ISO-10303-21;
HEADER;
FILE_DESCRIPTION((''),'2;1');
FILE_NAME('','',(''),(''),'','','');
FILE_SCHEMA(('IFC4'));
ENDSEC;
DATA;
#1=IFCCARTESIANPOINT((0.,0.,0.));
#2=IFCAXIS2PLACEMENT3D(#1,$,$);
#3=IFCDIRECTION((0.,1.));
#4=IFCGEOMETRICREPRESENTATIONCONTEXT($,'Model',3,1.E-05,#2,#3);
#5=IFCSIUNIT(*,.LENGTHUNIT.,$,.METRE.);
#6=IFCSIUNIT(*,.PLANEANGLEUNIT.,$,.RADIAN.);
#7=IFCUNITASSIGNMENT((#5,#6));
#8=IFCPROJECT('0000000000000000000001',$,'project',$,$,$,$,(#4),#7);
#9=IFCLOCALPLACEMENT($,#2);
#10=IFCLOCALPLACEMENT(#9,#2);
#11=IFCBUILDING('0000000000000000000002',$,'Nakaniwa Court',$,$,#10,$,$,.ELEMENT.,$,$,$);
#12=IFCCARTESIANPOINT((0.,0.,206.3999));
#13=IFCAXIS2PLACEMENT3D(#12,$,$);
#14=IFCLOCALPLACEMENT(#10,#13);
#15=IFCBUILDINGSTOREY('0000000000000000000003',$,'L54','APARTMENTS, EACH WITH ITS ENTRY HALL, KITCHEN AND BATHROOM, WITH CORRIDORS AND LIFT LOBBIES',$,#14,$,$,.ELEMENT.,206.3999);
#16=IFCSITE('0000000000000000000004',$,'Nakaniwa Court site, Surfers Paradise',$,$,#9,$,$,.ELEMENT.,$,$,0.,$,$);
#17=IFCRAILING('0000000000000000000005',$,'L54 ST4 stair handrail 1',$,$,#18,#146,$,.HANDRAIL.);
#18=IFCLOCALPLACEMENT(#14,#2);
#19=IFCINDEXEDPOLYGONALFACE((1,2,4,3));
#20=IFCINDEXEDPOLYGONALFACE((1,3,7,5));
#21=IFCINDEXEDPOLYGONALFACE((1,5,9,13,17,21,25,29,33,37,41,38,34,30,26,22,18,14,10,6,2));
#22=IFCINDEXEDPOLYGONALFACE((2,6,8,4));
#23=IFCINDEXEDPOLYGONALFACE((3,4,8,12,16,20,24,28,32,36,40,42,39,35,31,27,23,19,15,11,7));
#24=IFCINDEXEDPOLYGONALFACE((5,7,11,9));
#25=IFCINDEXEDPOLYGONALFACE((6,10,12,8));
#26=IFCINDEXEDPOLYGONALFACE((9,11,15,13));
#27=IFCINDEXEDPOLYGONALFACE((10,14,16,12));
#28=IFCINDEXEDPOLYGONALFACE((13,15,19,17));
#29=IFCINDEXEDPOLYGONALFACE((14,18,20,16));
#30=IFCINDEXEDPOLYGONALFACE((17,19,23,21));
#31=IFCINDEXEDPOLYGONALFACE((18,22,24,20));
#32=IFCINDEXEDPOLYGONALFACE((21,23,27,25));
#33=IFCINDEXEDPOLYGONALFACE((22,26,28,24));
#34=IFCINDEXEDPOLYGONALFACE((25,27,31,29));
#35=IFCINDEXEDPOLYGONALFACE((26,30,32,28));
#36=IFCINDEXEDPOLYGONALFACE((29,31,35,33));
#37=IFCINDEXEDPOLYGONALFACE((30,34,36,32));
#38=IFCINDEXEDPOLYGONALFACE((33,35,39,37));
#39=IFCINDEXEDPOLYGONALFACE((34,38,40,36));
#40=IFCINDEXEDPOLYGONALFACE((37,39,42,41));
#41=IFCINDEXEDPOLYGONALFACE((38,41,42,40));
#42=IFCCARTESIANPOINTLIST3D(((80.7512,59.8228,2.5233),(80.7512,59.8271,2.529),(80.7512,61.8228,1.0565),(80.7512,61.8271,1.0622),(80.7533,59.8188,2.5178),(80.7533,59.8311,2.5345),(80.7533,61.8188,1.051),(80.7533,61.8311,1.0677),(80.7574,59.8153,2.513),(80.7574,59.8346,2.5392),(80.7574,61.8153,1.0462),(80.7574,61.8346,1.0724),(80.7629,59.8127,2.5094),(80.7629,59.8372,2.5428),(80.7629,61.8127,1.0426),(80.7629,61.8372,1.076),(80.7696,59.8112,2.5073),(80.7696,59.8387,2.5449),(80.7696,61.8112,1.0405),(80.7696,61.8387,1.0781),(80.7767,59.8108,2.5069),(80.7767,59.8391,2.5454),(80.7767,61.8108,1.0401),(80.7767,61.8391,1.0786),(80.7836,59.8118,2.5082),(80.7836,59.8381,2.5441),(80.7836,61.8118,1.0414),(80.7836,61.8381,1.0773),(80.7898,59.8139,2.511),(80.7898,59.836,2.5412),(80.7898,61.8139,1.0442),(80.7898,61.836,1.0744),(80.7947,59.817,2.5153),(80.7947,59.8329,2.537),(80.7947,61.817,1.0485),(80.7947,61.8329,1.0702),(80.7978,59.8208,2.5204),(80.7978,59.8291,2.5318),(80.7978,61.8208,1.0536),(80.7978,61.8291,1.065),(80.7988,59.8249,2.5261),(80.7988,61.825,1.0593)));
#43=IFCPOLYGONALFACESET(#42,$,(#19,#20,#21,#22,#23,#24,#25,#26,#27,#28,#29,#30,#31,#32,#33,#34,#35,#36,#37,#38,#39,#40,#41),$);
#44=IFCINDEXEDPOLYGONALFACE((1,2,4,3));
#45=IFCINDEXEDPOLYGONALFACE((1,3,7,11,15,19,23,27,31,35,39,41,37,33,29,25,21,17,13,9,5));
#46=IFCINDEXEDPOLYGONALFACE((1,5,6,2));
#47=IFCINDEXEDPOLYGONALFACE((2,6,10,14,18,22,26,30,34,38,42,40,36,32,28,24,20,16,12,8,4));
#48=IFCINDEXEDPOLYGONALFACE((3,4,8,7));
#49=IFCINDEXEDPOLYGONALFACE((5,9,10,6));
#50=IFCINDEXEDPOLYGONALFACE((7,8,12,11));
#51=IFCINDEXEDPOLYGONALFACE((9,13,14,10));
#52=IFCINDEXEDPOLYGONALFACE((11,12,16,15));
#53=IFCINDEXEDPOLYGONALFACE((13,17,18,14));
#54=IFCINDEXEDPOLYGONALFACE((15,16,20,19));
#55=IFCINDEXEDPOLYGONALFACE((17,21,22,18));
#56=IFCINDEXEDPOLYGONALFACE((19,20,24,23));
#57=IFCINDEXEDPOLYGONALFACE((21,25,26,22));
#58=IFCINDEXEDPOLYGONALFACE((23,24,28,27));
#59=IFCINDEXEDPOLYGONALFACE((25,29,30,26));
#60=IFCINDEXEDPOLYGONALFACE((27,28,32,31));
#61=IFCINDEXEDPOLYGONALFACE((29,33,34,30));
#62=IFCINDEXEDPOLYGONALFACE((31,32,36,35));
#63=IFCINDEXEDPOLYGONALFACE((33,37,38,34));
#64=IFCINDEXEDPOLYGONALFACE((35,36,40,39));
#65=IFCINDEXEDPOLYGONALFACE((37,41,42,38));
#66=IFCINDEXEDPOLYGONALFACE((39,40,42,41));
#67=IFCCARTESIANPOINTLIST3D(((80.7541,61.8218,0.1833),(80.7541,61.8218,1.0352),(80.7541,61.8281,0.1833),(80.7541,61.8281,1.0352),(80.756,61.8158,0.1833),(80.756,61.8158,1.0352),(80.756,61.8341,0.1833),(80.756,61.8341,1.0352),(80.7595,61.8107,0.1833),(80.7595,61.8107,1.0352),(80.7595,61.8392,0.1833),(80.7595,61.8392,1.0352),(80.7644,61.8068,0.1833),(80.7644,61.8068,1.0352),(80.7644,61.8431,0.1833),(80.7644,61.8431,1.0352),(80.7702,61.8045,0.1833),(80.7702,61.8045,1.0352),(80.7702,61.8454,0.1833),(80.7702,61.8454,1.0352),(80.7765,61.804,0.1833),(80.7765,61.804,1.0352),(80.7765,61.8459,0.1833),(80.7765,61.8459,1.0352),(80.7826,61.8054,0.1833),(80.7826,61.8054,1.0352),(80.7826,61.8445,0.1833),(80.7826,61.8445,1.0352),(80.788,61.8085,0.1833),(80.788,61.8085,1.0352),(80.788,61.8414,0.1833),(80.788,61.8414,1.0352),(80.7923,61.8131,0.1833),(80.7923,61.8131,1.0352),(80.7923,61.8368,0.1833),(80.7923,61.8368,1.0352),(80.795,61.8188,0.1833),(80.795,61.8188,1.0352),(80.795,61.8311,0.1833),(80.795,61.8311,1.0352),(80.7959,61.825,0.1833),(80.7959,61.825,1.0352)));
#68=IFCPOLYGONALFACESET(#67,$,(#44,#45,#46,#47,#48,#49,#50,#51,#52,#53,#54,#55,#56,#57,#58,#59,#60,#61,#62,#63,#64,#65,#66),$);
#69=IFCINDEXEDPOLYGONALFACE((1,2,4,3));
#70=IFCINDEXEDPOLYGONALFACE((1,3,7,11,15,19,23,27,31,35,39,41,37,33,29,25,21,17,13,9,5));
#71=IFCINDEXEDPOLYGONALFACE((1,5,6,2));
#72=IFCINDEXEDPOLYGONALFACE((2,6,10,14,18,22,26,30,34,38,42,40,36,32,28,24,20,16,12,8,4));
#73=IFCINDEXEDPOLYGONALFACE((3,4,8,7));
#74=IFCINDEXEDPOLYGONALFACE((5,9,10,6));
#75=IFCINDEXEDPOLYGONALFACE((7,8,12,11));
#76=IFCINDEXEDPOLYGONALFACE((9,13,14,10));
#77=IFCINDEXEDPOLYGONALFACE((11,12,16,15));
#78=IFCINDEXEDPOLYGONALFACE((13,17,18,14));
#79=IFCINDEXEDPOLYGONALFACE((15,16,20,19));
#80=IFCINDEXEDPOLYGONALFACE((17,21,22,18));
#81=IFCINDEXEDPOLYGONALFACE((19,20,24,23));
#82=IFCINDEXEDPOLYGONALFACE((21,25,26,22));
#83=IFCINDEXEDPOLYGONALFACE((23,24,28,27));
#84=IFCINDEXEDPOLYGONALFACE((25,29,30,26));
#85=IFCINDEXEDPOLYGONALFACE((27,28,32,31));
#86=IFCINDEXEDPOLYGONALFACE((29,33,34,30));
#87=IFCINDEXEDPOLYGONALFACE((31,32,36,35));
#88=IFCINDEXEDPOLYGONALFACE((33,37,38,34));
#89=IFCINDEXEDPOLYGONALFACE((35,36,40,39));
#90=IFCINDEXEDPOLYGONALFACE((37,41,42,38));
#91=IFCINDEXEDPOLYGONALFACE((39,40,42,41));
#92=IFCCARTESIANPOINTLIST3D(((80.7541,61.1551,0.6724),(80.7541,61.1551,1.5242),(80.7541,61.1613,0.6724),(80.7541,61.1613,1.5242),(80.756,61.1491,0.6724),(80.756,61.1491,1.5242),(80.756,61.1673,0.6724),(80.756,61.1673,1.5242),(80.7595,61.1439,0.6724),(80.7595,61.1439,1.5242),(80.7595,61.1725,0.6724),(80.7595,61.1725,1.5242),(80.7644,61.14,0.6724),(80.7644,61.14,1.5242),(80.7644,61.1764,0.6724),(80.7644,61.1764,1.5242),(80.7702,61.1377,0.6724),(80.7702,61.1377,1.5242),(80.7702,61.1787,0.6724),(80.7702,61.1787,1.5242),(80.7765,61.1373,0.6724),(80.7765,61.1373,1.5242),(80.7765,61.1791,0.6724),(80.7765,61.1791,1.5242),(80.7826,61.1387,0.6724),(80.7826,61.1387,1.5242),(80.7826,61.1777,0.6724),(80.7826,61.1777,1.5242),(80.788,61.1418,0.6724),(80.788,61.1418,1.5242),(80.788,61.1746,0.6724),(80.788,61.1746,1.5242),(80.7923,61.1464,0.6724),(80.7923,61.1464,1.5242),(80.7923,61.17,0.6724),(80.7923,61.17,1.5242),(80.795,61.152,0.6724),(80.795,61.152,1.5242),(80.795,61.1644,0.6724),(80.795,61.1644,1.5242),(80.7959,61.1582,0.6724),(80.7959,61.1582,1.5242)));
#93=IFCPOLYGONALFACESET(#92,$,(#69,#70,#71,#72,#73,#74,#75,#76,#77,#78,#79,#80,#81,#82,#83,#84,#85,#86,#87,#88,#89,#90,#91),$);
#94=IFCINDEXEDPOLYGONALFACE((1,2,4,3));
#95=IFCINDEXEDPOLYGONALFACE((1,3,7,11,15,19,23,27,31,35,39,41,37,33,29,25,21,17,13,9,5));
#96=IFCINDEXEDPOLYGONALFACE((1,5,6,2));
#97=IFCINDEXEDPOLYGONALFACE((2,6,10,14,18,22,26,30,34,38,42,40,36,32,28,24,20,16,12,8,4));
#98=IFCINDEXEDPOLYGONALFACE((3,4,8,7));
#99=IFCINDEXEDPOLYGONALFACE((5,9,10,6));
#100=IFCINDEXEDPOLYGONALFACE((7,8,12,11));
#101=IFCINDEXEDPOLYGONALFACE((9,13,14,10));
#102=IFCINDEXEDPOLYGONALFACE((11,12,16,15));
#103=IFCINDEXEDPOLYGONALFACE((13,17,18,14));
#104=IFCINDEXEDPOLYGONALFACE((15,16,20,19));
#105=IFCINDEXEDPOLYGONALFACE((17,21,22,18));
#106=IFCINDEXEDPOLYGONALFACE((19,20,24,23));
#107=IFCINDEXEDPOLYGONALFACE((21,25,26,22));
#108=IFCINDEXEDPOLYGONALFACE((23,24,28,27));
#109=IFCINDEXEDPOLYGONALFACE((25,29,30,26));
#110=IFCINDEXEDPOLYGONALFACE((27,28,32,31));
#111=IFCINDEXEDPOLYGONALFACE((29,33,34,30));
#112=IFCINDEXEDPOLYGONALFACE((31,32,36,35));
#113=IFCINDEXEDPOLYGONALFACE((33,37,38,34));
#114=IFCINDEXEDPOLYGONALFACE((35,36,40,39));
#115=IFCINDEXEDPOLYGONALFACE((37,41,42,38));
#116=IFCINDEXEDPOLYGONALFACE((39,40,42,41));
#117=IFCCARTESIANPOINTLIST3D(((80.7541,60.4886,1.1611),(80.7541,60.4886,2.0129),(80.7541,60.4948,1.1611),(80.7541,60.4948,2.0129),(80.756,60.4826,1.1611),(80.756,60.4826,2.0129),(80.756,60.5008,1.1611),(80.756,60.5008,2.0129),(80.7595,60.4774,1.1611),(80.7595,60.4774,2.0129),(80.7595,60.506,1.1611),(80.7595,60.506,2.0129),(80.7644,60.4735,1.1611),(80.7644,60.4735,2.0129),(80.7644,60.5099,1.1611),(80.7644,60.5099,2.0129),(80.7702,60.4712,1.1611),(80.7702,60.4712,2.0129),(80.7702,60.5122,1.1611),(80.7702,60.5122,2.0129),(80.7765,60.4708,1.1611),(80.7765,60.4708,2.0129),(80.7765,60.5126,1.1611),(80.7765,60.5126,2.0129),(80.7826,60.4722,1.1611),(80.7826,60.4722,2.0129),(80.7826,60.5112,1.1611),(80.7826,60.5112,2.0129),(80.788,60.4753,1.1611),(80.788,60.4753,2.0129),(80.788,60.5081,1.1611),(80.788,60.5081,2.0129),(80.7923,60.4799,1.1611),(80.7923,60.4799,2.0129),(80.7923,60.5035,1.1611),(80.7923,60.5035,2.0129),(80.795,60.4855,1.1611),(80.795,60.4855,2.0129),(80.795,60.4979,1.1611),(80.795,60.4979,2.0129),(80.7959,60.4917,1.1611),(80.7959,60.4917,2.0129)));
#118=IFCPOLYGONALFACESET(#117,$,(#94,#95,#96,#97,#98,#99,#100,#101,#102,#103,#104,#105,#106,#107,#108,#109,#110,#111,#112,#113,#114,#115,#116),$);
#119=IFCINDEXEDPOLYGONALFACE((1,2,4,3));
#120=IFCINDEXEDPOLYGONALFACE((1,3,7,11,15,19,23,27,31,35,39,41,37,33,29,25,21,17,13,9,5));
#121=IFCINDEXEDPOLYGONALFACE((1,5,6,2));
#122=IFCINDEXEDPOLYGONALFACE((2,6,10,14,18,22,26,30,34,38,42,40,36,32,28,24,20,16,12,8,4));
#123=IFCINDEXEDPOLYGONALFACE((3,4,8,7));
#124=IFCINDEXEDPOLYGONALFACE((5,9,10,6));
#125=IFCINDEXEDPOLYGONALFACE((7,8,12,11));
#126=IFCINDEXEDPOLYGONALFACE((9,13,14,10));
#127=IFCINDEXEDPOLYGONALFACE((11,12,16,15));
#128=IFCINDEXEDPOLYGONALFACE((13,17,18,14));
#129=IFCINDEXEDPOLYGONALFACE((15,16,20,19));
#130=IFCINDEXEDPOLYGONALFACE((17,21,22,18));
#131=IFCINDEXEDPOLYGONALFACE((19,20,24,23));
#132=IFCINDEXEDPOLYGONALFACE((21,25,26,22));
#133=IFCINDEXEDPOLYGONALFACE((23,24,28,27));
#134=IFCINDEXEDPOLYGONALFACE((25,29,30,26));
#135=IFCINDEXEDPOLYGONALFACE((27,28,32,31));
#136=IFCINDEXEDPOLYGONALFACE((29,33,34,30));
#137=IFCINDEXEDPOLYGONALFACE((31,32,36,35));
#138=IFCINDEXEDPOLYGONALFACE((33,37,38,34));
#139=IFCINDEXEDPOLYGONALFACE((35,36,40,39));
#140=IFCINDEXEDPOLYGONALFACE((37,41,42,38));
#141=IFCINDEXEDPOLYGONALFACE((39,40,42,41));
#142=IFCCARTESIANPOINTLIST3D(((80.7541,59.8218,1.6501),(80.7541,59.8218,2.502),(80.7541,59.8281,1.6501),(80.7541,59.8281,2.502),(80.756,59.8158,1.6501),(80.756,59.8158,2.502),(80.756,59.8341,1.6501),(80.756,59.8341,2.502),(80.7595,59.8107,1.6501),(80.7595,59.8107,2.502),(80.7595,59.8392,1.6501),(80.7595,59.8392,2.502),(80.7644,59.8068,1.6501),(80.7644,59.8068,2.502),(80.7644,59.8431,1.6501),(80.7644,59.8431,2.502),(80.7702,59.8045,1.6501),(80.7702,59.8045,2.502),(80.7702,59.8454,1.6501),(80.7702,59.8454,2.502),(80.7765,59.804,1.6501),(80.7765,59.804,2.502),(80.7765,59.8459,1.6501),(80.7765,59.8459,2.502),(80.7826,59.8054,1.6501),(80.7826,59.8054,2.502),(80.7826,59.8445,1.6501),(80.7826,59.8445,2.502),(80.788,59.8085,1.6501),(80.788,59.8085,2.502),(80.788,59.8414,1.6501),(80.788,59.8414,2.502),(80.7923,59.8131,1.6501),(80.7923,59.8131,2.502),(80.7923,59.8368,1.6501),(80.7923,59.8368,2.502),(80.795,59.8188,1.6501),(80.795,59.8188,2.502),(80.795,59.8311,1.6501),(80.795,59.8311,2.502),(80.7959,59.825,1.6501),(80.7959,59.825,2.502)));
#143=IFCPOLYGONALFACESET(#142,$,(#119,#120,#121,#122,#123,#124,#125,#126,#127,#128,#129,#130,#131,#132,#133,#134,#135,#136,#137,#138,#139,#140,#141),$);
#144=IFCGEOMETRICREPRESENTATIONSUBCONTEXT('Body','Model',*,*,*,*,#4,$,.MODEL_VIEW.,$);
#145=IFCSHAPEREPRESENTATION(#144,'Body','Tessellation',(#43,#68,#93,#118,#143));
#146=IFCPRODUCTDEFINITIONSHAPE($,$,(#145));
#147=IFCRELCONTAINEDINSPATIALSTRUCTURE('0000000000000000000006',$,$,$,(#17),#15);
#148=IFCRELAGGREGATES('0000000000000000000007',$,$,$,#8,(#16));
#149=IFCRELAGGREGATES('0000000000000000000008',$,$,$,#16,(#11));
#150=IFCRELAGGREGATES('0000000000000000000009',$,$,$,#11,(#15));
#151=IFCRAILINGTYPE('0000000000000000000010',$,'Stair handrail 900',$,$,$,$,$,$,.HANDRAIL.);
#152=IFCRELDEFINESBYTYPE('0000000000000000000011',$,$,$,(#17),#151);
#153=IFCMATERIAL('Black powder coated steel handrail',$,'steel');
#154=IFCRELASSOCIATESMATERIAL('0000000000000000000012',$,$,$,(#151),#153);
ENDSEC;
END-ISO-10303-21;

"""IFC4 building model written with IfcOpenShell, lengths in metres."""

from ifc_helpers import new_model, si_unit, direction, frame, origin, origin_2d, place, context, subcontext, project, spatial, circle, extrude, material, type_object, element, save


model = new_model("IFC4")

# Units and contexts
model_context = context("Model", 3, precision=1e-05, world=origin(), true_north=direction((0.0, 1.0)))
body_context = subcontext(model_context, "Body", "Model", "MODEL_VIEW")
ifc_project = project(units=[si_unit("LENGTHUNIT", "METRE"), si_unit("PLANEANGLEUNIT", "RADIAN")], contexts=[model_context])

# Site, building, storey
site_placement = place(None, origin())
site = spatial("IfcSite", under=ifc_project, at=site_placement, Name="Nakaniwa Court site, Surfers Paradise", CompositionType="ELEMENT", RefElevation=0.0)
building_placement = place(site_placement, origin())
building = spatial("IfcBuilding", under=site, at=building_placement, Name="Nakaniwa Court", CompositionType="ELEMENT")
storey_placement = place(building_placement, frame((0.0, 0.0, 206.3999)))
storey = spatial("IfcBuildingStorey", under=building, at=storey_placement, Name="L54", Description="APARTMENTS, EACH WITH ITS ENTRY HALL, KITCHEN AND BATHROOM, WITH CORRIDORS AND LIFT LOBBIES", CompositionType="ELEMENT", Elevation=206.3999)

# Railing
ifc_material_1 = material(Name="Black powder coated steel handrail", Category="steel")
railing_type_1 = type_object("IfcRailingType", Name="Stair handrail 900", PredefinedType="HANDRAIL", material=ifc_material_1)
railing_1_placement = place(storey_placement, frame((80.7749, 61.825, 0.1833)))
element("IfcRailing", 1, at=railing_1_placement, inside=storey, type_object=railing_type_1, Name="L54 ST4 stair handrail 1", PredefinedType="HANDRAIL", context=body_context, shape_type="SweptSolid", body=[
    extrude(circle(Radius=0.0239, at=origin_2d()), frame((0.0, 0.0, 0.876), z_axis=(0.0, -0.80638, 0.591398), x_axis=(1.0, 0.0, 0.0)), (0.0, 0.0, 1.0), 2.4802),
    extrude(circle(Radius=0.021, at=origin_2d()), origin(), (0.0, 0.0, 1.0), 0.8518),
    extrude(circle(Radius=0.021, at=origin_2d()), frame((0.0, -0.6667, 0.489)), (0.0, 0.0, 1.0), 0.8518),
    extrude(circle(Radius=0.021, at=origin_2d()), frame((0.0, -1.3333, 0.9778)), (0.0, 0.0, 1.0), 0.8518),
    extrude(circle(Radius=0.021, at=origin_2d()), frame((0.0, -2.0, 1.4668)), (0.0, 0.0, 1.0), 0.8518),
])

save(model, "model.ifc")
